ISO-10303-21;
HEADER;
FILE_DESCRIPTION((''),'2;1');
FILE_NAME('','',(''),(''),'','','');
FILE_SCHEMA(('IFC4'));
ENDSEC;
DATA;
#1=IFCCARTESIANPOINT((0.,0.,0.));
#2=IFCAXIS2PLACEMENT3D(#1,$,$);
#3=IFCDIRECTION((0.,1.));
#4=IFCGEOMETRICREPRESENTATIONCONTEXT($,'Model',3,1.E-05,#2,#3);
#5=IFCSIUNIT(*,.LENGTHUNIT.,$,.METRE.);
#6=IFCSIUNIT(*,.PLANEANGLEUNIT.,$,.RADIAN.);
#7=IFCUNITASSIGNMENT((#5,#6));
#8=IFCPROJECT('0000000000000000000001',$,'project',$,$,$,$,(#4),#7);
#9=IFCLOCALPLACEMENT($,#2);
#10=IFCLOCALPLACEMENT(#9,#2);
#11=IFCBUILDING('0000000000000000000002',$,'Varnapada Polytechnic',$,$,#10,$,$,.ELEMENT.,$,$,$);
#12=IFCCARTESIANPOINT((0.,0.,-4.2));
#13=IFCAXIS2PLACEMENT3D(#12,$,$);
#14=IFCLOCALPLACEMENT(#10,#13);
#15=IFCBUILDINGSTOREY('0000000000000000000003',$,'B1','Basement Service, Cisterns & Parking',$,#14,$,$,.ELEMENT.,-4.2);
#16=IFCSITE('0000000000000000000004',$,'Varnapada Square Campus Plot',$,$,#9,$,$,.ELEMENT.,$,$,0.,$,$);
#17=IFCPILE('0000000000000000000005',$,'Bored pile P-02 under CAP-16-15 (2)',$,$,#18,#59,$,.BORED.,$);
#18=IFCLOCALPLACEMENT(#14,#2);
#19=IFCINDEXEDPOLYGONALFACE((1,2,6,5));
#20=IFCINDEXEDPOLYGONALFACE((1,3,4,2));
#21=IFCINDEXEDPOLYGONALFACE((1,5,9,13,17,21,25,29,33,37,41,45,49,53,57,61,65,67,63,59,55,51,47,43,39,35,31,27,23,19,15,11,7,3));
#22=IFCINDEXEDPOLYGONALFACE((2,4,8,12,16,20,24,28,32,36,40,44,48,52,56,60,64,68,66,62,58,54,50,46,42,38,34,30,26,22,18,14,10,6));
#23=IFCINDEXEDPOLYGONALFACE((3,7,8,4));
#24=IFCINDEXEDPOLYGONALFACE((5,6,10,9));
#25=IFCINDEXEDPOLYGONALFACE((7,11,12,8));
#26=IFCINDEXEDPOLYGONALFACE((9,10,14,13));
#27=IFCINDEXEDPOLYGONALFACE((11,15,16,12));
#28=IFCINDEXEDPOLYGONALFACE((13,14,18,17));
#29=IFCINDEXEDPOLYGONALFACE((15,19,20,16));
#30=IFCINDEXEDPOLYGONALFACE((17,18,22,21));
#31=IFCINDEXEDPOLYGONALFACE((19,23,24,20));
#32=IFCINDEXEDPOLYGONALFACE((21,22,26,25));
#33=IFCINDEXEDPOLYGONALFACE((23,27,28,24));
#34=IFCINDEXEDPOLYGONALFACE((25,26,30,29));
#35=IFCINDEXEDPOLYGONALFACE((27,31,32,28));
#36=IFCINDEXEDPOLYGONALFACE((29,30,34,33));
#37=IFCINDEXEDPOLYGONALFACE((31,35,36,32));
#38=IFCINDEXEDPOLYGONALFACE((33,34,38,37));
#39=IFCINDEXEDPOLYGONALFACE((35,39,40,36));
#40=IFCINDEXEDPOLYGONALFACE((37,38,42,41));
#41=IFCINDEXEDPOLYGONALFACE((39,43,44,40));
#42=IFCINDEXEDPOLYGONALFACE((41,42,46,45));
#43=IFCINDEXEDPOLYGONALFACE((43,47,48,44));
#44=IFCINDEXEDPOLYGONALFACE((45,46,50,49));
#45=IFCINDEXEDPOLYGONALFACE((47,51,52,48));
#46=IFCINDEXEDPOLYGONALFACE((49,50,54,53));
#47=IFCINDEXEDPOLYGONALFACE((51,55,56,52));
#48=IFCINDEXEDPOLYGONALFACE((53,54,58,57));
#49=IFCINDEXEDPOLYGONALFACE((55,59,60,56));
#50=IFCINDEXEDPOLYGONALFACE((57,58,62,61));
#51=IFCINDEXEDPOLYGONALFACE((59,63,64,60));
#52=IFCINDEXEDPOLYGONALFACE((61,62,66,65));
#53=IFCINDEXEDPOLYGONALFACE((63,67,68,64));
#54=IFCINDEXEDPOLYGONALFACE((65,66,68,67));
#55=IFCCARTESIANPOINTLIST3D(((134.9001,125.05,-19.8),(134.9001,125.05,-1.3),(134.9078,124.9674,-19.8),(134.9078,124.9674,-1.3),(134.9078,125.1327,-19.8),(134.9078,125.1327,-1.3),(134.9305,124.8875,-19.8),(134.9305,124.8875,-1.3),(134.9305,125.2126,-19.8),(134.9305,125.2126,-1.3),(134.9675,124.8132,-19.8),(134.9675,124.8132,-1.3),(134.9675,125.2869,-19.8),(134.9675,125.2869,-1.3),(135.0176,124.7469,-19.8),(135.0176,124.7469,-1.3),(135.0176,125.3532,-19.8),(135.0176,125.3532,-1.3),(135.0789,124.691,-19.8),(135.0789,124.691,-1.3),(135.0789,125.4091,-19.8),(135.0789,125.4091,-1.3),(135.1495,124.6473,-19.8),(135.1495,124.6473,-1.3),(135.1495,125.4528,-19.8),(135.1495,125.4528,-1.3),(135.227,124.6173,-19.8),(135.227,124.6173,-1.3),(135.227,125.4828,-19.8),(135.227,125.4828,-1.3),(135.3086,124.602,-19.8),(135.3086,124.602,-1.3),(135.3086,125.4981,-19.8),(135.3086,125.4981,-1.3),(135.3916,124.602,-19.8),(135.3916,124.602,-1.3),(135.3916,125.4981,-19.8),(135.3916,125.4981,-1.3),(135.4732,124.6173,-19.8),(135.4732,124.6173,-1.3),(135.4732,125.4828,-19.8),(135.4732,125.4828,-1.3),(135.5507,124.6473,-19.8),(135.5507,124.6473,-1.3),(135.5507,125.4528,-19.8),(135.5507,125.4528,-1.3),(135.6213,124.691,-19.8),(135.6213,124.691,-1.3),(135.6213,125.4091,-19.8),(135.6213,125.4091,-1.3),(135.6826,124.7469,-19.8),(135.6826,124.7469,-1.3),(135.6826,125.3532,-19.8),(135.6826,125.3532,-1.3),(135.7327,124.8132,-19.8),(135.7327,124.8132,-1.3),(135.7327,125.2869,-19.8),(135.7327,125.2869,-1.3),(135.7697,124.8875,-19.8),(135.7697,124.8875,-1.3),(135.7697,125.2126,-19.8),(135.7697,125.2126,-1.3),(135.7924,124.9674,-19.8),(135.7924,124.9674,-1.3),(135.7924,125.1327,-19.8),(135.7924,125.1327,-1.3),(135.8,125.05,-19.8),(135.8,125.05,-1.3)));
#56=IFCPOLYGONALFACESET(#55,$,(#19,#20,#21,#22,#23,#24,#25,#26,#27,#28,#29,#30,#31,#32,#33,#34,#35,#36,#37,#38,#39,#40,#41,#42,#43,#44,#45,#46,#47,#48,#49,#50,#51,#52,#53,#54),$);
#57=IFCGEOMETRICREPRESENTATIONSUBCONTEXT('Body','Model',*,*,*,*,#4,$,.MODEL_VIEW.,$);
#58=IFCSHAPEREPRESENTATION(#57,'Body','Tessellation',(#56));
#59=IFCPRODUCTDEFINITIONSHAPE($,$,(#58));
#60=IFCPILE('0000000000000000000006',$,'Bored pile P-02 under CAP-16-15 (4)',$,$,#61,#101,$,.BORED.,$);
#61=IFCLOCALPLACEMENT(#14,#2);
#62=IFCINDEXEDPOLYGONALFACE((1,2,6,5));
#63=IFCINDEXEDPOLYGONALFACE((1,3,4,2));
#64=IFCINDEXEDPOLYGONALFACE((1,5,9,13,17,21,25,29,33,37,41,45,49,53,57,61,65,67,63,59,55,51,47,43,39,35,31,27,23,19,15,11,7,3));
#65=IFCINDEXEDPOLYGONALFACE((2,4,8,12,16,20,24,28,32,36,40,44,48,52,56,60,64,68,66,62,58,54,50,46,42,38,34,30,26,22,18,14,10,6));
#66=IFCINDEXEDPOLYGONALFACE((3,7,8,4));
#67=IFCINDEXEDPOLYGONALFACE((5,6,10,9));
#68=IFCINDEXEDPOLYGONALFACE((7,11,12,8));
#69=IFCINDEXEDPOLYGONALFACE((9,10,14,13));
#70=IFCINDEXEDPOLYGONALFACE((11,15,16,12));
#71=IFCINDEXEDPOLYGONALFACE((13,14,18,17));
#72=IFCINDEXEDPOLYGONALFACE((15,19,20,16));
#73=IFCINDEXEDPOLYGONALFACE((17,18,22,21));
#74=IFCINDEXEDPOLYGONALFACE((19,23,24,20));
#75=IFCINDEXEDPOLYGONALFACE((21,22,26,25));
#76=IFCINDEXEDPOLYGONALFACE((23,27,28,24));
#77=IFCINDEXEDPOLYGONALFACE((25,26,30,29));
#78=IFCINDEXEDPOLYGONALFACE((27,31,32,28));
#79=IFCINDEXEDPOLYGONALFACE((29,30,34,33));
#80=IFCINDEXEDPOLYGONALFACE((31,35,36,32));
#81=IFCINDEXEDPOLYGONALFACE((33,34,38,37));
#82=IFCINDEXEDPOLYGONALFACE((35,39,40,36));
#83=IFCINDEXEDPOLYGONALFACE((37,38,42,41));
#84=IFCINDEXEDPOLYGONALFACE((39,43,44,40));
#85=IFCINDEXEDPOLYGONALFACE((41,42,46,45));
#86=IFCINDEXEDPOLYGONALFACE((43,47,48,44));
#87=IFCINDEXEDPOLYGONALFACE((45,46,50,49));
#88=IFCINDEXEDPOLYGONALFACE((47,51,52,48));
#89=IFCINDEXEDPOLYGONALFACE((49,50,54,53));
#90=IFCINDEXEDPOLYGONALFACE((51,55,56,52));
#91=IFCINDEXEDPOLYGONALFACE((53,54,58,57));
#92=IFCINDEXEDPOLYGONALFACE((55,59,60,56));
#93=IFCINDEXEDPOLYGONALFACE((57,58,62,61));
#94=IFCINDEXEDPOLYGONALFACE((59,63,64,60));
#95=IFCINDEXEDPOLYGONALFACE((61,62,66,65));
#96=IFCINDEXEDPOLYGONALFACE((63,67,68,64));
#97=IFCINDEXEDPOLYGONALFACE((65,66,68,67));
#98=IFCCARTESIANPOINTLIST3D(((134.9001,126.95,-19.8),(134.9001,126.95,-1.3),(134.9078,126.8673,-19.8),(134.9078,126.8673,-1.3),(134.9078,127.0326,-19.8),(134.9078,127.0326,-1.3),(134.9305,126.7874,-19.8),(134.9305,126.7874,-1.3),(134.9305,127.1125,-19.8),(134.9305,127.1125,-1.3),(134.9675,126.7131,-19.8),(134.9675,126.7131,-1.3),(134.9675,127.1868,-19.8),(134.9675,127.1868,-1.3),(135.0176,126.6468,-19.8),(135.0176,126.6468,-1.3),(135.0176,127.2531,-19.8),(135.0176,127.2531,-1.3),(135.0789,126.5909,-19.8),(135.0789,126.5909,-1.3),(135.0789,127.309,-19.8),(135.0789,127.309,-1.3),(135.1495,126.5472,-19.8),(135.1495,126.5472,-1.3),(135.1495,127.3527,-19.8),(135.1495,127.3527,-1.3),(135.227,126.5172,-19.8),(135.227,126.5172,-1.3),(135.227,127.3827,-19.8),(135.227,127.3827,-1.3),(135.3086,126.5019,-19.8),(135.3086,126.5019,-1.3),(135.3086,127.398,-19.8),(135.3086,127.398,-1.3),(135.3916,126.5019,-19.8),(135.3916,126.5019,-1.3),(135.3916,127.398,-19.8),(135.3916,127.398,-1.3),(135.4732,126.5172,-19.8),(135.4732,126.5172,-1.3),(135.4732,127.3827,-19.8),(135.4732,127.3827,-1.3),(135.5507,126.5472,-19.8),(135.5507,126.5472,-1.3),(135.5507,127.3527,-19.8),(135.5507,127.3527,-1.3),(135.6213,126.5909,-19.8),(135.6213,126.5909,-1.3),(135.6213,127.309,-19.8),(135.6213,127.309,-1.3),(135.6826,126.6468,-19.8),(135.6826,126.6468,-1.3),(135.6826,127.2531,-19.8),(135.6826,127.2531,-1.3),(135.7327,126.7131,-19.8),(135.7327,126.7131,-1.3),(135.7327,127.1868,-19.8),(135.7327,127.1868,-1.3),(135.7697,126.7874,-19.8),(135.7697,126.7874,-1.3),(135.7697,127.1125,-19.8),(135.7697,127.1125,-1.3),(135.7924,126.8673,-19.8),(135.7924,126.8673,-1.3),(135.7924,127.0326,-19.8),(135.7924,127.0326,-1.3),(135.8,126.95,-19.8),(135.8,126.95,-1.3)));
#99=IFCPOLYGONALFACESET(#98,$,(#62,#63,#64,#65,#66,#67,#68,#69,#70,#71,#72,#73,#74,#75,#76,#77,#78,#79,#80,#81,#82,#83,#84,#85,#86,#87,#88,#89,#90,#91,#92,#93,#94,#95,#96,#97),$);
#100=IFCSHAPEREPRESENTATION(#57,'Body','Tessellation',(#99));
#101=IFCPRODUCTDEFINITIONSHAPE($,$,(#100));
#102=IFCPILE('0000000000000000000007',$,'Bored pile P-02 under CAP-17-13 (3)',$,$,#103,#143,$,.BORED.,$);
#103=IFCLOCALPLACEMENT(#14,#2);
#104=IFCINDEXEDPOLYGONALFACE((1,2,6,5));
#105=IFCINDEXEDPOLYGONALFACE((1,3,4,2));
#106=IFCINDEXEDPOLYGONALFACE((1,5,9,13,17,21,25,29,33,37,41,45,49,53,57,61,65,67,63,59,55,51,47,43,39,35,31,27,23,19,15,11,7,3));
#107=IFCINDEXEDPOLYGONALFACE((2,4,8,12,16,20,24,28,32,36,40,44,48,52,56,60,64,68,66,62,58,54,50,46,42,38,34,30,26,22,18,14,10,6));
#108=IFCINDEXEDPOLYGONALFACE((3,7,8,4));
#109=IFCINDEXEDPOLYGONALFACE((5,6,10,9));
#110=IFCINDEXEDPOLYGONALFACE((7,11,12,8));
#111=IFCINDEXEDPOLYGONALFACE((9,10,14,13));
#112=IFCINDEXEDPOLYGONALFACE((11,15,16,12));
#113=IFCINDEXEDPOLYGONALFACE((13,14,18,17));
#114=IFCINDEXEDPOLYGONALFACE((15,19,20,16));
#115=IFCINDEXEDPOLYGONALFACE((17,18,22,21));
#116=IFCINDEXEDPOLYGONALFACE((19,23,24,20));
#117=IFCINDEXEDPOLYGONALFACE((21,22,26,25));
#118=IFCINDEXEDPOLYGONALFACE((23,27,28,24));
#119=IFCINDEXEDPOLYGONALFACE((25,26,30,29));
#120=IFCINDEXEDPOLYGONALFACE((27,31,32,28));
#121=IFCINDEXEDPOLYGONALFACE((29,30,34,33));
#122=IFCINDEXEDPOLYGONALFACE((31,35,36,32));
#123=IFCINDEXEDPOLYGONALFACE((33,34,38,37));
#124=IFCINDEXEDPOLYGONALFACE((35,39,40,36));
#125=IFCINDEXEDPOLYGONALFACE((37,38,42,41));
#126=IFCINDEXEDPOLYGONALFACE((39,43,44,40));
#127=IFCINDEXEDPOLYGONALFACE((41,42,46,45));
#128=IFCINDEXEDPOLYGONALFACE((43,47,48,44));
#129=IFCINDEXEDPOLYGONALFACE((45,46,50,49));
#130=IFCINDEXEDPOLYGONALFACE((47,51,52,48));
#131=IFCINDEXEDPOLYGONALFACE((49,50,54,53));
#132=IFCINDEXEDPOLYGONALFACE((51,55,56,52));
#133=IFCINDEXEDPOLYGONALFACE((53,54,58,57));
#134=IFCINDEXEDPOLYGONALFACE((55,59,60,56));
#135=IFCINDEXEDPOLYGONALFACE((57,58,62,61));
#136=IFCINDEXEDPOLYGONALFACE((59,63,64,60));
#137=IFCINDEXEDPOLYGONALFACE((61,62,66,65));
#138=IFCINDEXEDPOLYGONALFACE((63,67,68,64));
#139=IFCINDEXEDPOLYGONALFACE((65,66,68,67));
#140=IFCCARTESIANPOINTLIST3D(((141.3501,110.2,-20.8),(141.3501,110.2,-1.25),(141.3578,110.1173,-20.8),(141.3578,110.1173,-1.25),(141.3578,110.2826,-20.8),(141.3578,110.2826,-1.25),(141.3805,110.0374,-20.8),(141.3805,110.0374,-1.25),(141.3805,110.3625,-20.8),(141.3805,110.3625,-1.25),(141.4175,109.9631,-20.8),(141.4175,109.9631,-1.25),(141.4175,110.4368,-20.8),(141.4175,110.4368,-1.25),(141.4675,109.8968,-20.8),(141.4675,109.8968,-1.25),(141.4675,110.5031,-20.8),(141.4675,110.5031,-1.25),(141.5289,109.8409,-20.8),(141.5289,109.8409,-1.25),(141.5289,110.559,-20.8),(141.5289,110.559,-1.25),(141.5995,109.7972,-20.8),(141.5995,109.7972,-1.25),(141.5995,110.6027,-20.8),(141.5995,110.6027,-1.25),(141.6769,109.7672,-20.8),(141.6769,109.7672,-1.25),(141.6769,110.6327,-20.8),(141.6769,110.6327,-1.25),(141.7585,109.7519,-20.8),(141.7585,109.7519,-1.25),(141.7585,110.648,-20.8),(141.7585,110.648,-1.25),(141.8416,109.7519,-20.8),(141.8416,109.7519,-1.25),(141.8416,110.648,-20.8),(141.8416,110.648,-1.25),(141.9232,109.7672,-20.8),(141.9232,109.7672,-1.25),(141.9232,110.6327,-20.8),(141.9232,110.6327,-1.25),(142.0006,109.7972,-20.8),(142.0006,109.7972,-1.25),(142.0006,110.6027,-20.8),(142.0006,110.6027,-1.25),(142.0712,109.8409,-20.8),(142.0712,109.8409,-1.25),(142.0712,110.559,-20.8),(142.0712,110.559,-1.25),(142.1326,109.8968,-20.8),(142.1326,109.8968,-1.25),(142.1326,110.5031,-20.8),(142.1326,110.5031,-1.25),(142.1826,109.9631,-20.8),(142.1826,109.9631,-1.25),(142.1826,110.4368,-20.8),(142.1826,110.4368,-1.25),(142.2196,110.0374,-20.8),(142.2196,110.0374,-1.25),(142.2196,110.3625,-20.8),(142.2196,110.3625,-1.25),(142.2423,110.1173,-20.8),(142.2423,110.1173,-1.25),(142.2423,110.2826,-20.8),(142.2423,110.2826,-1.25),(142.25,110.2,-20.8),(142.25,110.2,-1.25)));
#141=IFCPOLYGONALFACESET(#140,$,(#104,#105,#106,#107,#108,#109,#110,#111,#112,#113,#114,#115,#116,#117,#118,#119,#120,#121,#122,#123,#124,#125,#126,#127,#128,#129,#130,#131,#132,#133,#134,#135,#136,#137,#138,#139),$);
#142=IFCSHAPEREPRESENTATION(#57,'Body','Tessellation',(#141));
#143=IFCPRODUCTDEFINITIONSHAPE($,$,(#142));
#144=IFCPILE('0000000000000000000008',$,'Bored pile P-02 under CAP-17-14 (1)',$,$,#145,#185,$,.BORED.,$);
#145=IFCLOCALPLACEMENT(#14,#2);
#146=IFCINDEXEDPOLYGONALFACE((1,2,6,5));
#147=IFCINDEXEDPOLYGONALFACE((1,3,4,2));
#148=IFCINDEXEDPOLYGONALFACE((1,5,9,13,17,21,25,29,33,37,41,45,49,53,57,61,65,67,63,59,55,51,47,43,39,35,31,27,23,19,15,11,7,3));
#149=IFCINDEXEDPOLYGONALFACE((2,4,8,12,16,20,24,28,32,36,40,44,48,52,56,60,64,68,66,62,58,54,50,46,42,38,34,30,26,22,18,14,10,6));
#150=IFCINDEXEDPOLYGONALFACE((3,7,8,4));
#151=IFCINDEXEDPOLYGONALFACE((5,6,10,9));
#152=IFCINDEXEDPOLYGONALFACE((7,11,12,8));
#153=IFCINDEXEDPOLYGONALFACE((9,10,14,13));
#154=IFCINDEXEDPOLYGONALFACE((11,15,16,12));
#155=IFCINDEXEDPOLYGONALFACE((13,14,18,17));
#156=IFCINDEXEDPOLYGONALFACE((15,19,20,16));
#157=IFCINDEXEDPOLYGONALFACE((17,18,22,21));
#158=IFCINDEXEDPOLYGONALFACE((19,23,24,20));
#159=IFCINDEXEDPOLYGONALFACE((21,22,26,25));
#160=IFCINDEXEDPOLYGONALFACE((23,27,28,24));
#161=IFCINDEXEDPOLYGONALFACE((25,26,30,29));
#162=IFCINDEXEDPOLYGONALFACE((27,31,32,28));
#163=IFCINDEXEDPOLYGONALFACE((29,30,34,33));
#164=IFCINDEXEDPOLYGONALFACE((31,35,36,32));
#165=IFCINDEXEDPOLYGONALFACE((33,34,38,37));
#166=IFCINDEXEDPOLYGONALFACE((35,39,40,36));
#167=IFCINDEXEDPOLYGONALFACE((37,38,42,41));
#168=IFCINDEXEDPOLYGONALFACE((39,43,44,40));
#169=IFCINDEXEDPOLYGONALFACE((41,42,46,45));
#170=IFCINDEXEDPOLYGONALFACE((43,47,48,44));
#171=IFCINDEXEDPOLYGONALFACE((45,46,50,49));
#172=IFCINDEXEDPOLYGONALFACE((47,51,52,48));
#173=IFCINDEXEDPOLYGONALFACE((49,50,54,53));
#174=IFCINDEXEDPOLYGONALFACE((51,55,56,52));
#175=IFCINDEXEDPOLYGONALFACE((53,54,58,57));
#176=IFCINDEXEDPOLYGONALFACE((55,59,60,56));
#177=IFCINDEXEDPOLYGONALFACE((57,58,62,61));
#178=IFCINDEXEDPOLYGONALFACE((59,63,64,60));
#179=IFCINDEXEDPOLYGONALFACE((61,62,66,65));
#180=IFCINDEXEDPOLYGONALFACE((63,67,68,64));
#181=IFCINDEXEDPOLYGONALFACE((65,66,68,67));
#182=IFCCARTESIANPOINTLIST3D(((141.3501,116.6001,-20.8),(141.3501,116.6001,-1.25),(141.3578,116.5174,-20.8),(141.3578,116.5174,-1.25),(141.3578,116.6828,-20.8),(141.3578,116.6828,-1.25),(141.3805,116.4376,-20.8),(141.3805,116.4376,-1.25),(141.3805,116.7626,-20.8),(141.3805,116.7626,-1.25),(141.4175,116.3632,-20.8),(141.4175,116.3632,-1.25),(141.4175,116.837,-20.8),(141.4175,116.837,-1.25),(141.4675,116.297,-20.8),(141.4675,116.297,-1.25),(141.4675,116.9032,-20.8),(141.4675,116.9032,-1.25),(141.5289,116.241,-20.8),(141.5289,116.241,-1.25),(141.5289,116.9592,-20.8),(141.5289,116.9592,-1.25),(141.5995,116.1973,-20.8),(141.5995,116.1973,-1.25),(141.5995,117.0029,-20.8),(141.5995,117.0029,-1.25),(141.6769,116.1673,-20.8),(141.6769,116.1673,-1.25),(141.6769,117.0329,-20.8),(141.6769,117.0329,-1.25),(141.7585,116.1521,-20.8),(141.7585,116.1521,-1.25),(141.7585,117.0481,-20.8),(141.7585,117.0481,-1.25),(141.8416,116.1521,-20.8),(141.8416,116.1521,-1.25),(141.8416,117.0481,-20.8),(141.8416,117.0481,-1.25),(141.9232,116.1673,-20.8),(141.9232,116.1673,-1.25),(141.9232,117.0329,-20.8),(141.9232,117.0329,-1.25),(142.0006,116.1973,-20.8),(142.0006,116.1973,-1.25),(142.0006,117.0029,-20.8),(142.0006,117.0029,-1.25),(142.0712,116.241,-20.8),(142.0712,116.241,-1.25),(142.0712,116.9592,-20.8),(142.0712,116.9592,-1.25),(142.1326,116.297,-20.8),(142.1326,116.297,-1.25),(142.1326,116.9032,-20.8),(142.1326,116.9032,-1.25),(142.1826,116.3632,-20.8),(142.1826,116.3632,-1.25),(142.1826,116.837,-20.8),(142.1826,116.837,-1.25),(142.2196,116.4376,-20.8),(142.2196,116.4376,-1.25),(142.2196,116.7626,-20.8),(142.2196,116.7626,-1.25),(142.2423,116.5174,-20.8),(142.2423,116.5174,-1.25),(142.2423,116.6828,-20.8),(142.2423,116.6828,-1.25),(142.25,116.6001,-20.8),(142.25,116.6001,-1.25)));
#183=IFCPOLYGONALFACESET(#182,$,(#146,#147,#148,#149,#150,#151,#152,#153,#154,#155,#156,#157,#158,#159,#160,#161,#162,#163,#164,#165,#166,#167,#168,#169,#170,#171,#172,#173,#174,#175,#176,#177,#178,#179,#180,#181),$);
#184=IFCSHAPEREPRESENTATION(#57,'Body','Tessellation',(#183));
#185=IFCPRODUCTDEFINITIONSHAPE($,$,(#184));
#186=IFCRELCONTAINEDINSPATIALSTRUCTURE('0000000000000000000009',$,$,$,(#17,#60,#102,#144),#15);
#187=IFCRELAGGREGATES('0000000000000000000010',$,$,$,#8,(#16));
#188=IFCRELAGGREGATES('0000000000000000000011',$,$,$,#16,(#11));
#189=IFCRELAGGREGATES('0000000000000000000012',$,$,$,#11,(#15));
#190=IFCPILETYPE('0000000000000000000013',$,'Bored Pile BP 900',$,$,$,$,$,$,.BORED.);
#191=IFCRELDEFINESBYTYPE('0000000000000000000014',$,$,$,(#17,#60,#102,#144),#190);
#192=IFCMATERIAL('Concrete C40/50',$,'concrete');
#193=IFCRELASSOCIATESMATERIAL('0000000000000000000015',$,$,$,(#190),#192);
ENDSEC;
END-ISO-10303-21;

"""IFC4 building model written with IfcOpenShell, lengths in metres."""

from ifc_helpers import new_model, si_unit, direction, frame, origin, origin_2d, place, context, subcontext, project, spatial, circle, extrude, material, material_profile, profile_set, type_object, element, save


model = new_model("IFC4")

# Units and contexts
model_context = context("Model", 3, precision=1e-05, world=origin(), true_north=direction((0.0, 1.0)))
body_context = subcontext(model_context, "Body", "Model", "MODEL_VIEW")
ifc_project = project(units=[si_unit("LENGTHUNIT", "METRE"), si_unit("PLANEANGLEUNIT", "RADIAN")], contexts=[model_context])

# Site, building, storey
site_placement = place(None, origin())
site = spatial("IfcSite", under=ifc_project, at=site_placement, Name="Varnapada Square Campus Plot", CompositionType="ELEMENT", RefElevation=0.0)
building_placement = place(site_placement, origin())
building = spatial("IfcBuilding", under=site, at=building_placement, Name="Varnapada Polytechnic", CompositionType="ELEMENT")
storey_placement = place(building_placement, frame((0.0, 0.0, -4.2)))
storey = spatial("IfcBuildingStorey", under=building, at=storey_placement, Name="B1", Description="Basement Service, Cisterns & Parking", CompositionType="ELEMENT", Elevation=-4.2)

# Piles
ifc_material_1 = material(Name="Concrete C40/50", Category="concrete")
ifc_material_profile_1 = material_profile(ifc_material_1, circle(Radius=0.45, at=origin_2d()), Name="BP 900")
ifc_profile_set_1 = profile_set([ifc_material_profile_1], Name="Concrete C40/50")
pile_type = type_object("IfcPileType", Name="Bored Pile BP 900", PredefinedType="BORED", material=ifc_profile_set_1)
for number, where, z_axis, x_axis, name in (
    (1, (135.3501, 125.05, -1.3), (0.0, 0.0, -1.0), (1.0, 0.0, 0.0), "Bored pile P-02 under CAP-16-15 (2)"),
    (2, (135.3501, 126.95, -1.3), (0.0, 0.0, -1.0), (1.0, 0.0, 0.0), "Bored pile P-02 under CAP-16-15 (4)"),
):
    element("IfcPile", number, at=place(storey_placement, frame(where, z_axis=z_axis, x_axis=x_axis)), inside=storey, type_object=pile_type, Name=name, PredefinedType="BORED", context=body_context, shape_type="SweptSolid", body=[
        extrude(circle(Radius=0.45, at=origin_2d()), origin(), (0.0, 0.0, 1.0), 18.5),
    ])
for number, where, z_axis, x_axis, name in (
    (3, (141.8, 110.2, -1.25), (0.0, 0.0, -1.0), (1.0, 0.0, 0.0), "Bored pile P-02 under CAP-17-13 (3)"),
    (4, (141.8, 116.6001, -1.25), (0.0, 0.0, -1.0), (1.0, 0.0, 0.0), "Bored pile P-02 under CAP-17-14 (1)"),
):
    element("IfcPile", number, at=place(storey_placement, frame(where, z_axis=z_axis, x_axis=x_axis)), inside=storey, type_object=pile_type, Name=name, PredefinedType="BORED", context=body_context, shape_type="SweptSolid", body=[
        extrude(circle(Radius=0.45, at=origin_2d()), origin(), (0.0, 0.0, 1.0), 19.55),
    ])

save(model, "model.ifc")
